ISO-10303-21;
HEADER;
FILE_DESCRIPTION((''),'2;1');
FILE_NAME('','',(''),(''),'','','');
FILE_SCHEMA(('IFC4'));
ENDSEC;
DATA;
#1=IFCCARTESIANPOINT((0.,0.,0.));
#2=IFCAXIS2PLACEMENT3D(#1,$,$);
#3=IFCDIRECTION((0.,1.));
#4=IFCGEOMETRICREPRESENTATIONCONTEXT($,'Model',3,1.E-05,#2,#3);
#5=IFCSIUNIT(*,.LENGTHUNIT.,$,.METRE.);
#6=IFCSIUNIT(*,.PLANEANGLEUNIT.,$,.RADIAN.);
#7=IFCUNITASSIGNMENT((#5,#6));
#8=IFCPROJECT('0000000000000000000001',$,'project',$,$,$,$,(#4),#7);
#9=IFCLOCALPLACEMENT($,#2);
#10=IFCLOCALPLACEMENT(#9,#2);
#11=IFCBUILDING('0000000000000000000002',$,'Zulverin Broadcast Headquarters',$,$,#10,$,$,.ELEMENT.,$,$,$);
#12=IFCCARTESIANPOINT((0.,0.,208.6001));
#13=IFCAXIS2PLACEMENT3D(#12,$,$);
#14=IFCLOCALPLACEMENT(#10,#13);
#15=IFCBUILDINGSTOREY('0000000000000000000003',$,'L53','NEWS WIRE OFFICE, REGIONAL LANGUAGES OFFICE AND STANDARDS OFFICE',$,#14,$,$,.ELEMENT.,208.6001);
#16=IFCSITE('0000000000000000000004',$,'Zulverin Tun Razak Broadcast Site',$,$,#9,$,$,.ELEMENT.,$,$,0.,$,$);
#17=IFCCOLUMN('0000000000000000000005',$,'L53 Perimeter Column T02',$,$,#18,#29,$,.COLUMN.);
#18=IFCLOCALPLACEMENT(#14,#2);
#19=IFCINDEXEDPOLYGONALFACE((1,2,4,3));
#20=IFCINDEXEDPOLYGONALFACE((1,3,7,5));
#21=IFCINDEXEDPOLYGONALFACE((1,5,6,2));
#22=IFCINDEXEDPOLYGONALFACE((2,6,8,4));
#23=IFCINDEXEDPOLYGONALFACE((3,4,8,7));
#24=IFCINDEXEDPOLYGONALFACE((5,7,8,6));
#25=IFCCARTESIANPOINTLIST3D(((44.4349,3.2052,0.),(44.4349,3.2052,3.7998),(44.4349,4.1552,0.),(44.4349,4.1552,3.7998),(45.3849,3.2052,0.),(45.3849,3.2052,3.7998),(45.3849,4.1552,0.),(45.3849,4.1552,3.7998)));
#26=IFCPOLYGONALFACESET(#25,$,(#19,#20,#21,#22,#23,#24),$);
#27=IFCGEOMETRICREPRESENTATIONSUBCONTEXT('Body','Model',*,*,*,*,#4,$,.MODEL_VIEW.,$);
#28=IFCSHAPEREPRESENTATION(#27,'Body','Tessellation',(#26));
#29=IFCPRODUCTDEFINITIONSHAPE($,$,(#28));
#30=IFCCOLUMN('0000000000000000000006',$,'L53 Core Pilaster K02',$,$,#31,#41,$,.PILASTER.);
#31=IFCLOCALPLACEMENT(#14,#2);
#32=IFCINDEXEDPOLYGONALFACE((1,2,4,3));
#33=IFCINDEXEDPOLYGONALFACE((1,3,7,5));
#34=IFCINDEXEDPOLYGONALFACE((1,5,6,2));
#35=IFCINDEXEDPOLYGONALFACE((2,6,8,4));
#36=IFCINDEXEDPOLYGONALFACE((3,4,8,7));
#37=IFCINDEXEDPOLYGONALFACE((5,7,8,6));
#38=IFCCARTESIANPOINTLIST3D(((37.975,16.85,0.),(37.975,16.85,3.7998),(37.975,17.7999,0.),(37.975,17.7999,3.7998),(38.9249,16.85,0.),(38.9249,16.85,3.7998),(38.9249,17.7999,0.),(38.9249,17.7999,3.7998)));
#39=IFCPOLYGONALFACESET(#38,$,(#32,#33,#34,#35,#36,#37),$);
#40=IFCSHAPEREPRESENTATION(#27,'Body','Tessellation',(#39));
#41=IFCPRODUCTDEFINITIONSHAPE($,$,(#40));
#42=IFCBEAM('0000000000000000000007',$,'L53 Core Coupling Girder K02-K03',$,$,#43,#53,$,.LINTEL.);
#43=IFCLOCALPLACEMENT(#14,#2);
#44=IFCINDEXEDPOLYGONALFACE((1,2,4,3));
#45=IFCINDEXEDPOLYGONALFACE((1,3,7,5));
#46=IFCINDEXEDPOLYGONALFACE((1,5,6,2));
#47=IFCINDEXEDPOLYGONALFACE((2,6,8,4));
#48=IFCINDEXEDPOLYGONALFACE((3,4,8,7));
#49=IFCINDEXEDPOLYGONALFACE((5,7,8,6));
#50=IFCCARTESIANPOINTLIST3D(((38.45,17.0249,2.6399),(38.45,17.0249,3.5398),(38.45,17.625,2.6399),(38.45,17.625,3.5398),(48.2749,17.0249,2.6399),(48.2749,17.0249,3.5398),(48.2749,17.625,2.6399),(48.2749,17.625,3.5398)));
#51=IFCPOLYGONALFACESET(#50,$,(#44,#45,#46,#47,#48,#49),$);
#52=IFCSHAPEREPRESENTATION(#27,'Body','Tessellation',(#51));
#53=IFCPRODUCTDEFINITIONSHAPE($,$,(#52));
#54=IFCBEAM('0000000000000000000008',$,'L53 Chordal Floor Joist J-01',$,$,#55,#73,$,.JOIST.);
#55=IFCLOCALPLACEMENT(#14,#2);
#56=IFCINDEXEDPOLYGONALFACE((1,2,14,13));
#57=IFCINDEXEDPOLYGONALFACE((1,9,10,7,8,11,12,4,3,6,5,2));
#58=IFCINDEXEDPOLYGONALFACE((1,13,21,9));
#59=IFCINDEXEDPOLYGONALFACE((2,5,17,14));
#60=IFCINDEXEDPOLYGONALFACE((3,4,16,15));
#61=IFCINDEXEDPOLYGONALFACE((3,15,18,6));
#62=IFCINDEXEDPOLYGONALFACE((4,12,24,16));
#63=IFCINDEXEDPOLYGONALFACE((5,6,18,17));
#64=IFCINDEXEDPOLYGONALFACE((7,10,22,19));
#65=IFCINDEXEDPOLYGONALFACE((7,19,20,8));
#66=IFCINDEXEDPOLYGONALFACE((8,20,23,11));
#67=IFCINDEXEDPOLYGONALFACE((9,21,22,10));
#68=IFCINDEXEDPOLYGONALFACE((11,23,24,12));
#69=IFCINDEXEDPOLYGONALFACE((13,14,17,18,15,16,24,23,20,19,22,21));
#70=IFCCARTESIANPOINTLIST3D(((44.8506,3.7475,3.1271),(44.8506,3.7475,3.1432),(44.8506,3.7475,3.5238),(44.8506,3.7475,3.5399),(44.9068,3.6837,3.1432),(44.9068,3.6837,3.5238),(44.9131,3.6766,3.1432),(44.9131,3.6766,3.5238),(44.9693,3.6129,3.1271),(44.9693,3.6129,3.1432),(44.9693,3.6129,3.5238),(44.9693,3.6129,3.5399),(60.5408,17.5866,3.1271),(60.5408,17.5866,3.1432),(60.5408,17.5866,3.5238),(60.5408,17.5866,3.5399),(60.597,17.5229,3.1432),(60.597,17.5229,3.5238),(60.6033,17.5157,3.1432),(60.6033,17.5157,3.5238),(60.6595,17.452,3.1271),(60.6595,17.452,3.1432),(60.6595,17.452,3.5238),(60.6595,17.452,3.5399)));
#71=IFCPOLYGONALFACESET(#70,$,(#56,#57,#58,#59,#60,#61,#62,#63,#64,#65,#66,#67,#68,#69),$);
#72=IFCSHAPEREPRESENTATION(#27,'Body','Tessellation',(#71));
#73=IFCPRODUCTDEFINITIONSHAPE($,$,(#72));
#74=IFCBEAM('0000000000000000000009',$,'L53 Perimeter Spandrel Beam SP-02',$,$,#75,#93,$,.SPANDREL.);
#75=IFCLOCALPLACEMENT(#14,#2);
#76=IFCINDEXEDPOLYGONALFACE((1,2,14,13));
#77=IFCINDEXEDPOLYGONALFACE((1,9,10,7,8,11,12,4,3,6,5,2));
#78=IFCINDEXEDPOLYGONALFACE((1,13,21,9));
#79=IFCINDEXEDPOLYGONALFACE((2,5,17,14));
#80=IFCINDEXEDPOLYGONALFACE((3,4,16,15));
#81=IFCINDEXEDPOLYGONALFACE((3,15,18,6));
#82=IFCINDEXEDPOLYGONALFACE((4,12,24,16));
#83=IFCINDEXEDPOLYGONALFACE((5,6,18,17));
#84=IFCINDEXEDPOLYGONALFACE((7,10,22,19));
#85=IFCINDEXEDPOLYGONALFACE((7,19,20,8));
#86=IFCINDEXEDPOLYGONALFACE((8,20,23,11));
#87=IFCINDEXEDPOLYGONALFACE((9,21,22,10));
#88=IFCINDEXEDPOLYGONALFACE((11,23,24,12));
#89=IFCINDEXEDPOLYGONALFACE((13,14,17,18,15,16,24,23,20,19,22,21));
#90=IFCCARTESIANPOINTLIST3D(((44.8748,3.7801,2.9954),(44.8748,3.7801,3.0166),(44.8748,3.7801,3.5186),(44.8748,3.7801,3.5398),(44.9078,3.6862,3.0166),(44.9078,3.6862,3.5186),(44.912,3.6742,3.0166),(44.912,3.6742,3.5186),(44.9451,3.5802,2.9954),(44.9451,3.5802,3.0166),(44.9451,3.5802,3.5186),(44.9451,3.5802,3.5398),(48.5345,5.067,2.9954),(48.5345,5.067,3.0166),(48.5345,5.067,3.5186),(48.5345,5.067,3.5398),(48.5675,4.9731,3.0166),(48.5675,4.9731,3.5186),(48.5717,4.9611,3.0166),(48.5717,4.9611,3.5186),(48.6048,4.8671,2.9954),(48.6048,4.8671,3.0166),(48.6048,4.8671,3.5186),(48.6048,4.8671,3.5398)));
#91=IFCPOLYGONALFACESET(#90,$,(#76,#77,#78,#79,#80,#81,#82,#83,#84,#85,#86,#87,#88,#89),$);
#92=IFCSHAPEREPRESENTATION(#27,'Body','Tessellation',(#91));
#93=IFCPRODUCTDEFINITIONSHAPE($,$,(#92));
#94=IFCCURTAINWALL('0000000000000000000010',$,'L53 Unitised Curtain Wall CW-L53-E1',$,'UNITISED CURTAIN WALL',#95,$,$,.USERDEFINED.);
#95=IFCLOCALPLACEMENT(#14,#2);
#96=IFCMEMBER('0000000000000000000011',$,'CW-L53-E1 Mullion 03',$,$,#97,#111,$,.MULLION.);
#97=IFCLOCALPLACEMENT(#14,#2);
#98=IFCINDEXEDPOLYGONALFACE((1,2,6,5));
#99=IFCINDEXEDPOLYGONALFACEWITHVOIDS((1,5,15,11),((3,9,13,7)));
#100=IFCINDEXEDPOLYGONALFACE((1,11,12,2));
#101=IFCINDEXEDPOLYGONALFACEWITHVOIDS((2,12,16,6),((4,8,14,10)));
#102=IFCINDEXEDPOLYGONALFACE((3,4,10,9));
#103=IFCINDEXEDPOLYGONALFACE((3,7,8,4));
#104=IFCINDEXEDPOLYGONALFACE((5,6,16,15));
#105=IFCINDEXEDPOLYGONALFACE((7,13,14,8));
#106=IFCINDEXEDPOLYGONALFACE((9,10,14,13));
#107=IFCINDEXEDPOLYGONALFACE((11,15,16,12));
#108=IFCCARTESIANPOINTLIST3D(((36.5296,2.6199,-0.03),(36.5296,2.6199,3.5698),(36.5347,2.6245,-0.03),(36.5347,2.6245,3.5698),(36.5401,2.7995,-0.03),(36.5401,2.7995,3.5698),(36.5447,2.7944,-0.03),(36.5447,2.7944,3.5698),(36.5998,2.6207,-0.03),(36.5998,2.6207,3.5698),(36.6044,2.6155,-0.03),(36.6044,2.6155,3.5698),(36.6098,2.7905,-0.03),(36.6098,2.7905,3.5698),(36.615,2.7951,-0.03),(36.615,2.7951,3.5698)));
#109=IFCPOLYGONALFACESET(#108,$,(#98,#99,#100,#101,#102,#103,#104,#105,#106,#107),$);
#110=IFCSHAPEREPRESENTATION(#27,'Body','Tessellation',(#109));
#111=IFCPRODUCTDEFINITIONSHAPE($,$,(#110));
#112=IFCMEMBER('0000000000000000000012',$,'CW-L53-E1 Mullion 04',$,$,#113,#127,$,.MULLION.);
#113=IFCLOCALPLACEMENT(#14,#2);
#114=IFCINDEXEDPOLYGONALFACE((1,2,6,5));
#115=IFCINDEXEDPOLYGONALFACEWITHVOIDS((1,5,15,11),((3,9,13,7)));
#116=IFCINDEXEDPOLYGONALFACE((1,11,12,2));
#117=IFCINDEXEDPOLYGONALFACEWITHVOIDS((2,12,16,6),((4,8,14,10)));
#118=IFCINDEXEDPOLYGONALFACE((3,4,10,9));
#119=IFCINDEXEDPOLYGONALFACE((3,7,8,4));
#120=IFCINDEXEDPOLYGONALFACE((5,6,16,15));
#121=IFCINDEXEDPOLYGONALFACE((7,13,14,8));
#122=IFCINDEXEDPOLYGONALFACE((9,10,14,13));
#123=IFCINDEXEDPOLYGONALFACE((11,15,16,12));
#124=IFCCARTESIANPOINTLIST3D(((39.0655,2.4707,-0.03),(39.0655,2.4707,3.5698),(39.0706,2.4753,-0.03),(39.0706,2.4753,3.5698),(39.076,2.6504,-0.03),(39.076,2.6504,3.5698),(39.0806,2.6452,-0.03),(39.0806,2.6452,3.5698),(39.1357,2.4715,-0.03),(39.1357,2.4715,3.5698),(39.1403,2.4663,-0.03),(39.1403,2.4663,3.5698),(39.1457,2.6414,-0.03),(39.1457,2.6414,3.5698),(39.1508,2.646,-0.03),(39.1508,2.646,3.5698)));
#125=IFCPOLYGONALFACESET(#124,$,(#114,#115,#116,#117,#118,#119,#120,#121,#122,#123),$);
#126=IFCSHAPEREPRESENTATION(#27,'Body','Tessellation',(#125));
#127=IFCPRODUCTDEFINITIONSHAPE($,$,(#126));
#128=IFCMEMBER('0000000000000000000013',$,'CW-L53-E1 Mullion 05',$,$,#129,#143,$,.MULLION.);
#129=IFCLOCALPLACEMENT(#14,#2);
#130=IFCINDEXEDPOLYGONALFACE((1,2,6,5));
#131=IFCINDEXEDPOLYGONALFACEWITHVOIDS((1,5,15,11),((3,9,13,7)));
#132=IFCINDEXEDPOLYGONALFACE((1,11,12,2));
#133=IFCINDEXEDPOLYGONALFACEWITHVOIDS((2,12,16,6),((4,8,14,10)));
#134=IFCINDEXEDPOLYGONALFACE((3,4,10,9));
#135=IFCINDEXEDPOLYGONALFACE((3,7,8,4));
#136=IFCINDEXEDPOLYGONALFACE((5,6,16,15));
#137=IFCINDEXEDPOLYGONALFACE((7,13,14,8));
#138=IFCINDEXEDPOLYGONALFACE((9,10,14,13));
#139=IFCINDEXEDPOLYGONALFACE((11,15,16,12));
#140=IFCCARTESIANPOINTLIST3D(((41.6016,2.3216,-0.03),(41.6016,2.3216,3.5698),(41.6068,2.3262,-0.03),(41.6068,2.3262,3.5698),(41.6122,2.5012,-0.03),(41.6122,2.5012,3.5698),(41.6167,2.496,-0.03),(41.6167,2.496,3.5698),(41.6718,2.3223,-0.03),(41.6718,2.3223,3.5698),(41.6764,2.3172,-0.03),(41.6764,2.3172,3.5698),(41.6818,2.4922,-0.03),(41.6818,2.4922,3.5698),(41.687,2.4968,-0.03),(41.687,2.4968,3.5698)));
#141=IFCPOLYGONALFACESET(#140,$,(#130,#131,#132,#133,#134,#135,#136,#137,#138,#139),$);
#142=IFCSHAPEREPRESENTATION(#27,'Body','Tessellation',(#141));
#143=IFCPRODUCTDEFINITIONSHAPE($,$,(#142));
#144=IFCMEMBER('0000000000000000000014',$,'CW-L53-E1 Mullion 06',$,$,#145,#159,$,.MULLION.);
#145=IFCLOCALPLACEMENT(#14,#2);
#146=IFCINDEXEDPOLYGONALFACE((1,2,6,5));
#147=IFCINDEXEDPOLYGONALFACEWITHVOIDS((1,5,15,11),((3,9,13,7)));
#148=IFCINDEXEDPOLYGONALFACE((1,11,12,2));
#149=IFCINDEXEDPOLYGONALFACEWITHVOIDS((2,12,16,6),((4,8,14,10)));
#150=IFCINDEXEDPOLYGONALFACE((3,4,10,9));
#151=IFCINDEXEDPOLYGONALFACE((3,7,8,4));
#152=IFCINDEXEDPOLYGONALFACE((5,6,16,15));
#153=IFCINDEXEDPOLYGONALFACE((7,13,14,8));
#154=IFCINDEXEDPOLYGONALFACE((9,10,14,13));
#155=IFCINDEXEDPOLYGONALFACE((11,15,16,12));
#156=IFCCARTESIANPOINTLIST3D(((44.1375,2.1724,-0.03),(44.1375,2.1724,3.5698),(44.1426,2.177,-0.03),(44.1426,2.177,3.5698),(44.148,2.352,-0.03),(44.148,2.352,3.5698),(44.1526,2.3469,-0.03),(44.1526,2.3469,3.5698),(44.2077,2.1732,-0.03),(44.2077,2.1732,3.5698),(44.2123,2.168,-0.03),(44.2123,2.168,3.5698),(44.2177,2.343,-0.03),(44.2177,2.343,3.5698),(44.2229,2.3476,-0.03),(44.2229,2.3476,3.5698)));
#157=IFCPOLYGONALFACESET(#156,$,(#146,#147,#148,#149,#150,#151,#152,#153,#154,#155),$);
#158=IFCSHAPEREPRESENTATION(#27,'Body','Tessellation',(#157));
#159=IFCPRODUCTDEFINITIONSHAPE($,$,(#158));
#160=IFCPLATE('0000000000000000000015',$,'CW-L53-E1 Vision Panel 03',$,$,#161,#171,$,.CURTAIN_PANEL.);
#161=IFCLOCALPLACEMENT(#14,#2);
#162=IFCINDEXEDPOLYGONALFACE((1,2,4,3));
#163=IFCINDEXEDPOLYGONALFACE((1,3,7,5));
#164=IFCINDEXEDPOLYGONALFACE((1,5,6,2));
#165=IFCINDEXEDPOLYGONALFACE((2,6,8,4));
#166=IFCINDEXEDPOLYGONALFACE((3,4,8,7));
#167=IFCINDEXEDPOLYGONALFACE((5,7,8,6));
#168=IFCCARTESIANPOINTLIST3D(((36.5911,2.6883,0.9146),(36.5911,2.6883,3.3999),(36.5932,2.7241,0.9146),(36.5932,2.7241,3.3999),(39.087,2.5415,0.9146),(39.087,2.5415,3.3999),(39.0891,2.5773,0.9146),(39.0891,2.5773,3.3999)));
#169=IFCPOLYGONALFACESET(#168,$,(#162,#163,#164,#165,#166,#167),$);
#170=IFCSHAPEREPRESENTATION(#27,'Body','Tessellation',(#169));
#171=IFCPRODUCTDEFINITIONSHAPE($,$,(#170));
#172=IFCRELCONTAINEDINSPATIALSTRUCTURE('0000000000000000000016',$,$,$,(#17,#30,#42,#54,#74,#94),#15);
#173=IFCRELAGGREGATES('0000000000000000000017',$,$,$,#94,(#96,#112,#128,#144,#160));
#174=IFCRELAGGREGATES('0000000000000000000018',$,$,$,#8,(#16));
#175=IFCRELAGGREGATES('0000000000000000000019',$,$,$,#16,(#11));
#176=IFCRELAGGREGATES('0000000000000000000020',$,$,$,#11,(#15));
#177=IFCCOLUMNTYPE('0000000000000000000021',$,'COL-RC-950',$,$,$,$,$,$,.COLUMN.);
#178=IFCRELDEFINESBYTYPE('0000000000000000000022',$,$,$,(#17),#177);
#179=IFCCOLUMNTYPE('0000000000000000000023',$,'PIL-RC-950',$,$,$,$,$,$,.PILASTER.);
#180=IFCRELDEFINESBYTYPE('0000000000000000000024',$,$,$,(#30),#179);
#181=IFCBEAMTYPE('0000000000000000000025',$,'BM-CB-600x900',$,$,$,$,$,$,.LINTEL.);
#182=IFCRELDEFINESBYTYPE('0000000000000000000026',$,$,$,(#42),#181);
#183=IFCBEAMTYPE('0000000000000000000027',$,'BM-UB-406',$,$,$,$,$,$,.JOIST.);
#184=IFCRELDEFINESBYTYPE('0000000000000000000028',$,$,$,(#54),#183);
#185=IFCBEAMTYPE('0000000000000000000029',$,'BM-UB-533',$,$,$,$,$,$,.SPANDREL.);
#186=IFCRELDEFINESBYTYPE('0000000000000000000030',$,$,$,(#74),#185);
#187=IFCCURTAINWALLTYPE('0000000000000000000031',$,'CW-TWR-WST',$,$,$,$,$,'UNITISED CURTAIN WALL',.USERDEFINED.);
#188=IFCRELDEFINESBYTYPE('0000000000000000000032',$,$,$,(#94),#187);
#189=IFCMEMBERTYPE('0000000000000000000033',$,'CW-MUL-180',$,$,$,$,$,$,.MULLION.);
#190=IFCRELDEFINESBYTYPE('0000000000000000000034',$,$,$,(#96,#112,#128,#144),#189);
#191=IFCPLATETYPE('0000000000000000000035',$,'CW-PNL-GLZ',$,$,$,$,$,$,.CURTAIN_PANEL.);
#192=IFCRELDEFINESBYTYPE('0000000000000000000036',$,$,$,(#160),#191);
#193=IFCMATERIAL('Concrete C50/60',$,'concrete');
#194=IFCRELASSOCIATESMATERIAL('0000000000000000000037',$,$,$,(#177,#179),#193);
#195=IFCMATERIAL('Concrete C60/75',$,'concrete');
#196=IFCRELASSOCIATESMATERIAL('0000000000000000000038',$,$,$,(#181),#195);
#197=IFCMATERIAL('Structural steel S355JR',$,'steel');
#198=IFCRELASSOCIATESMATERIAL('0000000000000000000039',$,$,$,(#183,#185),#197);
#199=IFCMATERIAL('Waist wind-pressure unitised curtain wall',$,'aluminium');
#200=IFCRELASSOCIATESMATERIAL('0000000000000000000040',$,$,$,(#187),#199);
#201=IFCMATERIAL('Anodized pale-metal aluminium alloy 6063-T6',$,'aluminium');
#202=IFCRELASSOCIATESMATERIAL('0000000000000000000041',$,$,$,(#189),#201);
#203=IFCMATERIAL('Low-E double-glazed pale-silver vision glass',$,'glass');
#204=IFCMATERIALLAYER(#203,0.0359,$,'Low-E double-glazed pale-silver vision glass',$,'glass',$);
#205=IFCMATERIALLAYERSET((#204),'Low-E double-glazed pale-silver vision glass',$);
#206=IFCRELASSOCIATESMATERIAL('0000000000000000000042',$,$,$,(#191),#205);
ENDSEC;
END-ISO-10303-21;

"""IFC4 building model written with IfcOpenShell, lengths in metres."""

from ifc_helpers import new_model, si_unit, direction, frame, origin, origin_2d, place, context, subcontext, project, spatial, rectangle, hollow_rectangle, i_section, extrude, material, layer, layer_set, material_profile, profile_set, type_object, element, aggregate, save


model = new_model("IFC4")

# Units and contexts
model_context = context("Model", 3, precision=1e-05, world=origin(), true_north=direction((0.0, 1.0)))
body_context = subcontext(model_context, "Body", "Model", "MODEL_VIEW")
ifc_project = project(units=[si_unit("LENGTHUNIT", "METRE"), si_unit("PLANEANGLEUNIT", "RADIAN")], contexts=[model_context])

# Site, building, storey
site_placement = place(None, origin())
site = spatial("IfcSite", under=ifc_project, at=site_placement, Name="Zulverin Tun Razak Broadcast Site", CompositionType="ELEMENT", RefElevation=0.0)
building_placement = place(site_placement, origin())
building = spatial("IfcBuilding", under=site, at=building_placement, Name="Zulverin Broadcast Headquarters", CompositionType="ELEMENT")
storey_placement = place(building_placement, frame((0.0, 0.0, 208.6001)))
storey = spatial("IfcBuildingStorey", under=building, at=storey_placement, Name="L53", Description="NEWS WIRE OFFICE, REGIONAL LANGUAGES OFFICE AND STANDARDS OFFICE", CompositionType="ELEMENT", Elevation=208.6001)

# Columns
ifc_material_1 = material(Name="Concrete C50/60", Category="concrete")
ifc_material_profile_1 = material_profile(ifc_material_1, rectangle(XDim=0.95, YDim=0.95, at=origin_2d()), Name="Concrete C50/60", Category="concrete")
ifc_profile_set_1 = profile_set([ifc_material_profile_1], Name="Concrete C50/60")
column_type_1 = type_object("IfcColumnType", Name="COL-RC-950", PredefinedType="COLUMN", material=ifc_profile_set_1)
column_1_placement = place(storey_placement, frame((44.9099, 3.6802, 0.0), z_axis=(0.0, 0.0, 1.0), x_axis=(1.0, 0.0, 0.0)))
element("IfcColumn", 1, at=column_1_placement, inside=storey, type_object=column_type_1, Name="L53 Perimeter Column T02", PredefinedType="COLUMN", context=body_context, shape_type="SweptSolid", body=[
    extrude(rectangle(XDim=0.95, YDim=0.95, at=origin_2d()), origin(), (0.0, 0.0, 1.0), 3.7998),
])
ifc_material_profile_2 = material_profile(ifc_material_1, rectangle(XDim=0.95, YDim=0.95, at=origin_2d()), Name="Concrete C50/60", Category="concrete")
ifc_profile_set_2 = profile_set([ifc_material_profile_2], Name="Concrete C50/60")
column_type_2 = type_object("IfcColumnType", Name="PIL-RC-950", PredefinedType="PILASTER", material=ifc_profile_set_2)
column_2_placement = place(storey_placement, frame((38.45, 17.325, 0.0), z_axis=(0.0, 0.0, 1.0), x_axis=(1.0, 0.0, 0.0)))
element("IfcColumn", 2, at=column_2_placement, inside=storey, type_object=column_type_2, Name="L53 Core Pilaster K02", PredefinedType="PILASTER", context=body_context, shape_type="SweptSolid", body=[
    extrude(rectangle(XDim=0.95, YDim=0.95, at=origin_2d()), origin(), (0.0, 0.0, 1.0), 3.7998),
])

# Beams
ifc_material_2 = material(Name="Concrete C60/75", Category="concrete")
ifc_material_profile_3 = material_profile(ifc_material_2, rectangle(XDim=0.6001, YDim=0.8999, at=origin_2d()), Name="Concrete C60/75", Category="concrete")
ifc_profile_set_3 = profile_set([ifc_material_profile_3], Name="Concrete C60/75")
beam_type_1 = type_object("IfcBeamType", Name="BM-CB-600x900", PredefinedType="LINTEL", material=ifc_profile_set_3)
beam_1_placement = place(storey_placement, frame((38.45, 17.325, 3.0898), z_axis=(1.0, 0.0, 0.0), x_axis=(0.0, 1.0, 0.0)))
element("IfcBeam", 3, at=beam_1_placement, inside=storey, type_object=beam_type_1, Name="L53 Core Coupling Girder K02-K03", PredefinedType="LINTEL", context=body_context, shape_type="SweptSolid", body=[
    extrude(rectangle(XDim=0.6001, YDim=0.8999, at=origin_2d()), origin(), (0.0, 0.0, 1.0), 9.825),
])
ifc_material_3 = material(Name="Structural steel S355JR", Category="steel")
ifc_material_profile_4 = material_profile(ifc_material_3, i_section(OverallWidth=0.1794, OverallDepth=0.4128, WebThickness=0.0095, FlangeThickness=0.0161, at=origin_2d()), Name="Structural steel S355JR", Category="steel")
ifc_profile_set_4 = profile_set([ifc_material_profile_4], Name="Structural steel S355JR")
beam_type_2 = type_object("IfcBeamType", Name="BM-UB-406", PredefinedType="JOIST", material=ifc_profile_set_4)
beam_2_placement = place(storey_placement, frame((44.9099, 3.6802, 3.3335), z_axis=(0.74996, 0.661483, 0.0), x_axis=(-0.661483, 0.74996, 0.0)))
element("IfcBeam", 4, at=beam_2_placement, inside=storey, type_object=beam_type_2, Name="L53 Chordal Floor Joist J-01", PredefinedType="JOIST", context=body_context, shape_type="SweptSolid", body=[
    extrude(i_section(OverallWidth=0.1794, OverallDepth=0.4128, WebThickness=0.0095, FlangeThickness=0.0161, at=origin_2d()), origin(), (0.0, 0.0, 1.0), 20.9214),
])
ifc_material_profile_5 = material_profile(ifc_material_3, i_section(OverallWidth=0.2119, OverallDepth=0.5444, WebThickness=0.0127, FlangeThickness=0.0212, at=origin_2d()), Name="Structural steel S355JR", Category="steel")
ifc_profile_set_5 = profile_set([ifc_material_profile_5], Name="Structural steel S355JR")
beam_type_3 = type_object("IfcBeamType", Name="BM-UB-533", PredefinedType="SPANDREL", material=ifc_profile_set_5)
beam_3_placement = place(storey_placement, frame((44.9099, 3.6802, 3.2676), z_axis=(0.943377, 0.331724, 0.0), x_axis=(-0.331724, 0.943377, 0.0)))
element("IfcBeam", 5, at=beam_3_placement, inside=storey, type_object=beam_type_3, Name="L53 Perimeter Spandrel Beam SP-02", PredefinedType="SPANDREL", context=body_context, shape_type="SweptSolid", body=[
    extrude(i_section(OverallWidth=0.2119, OverallDepth=0.5444, WebThickness=0.0127, FlangeThickness=0.0212, at=origin_2d()), origin(), (0.0, 0.0, 1.0), 3.8794),
])

# Curtain wall, members, plate
ifc_material_4 = material(Name="Waist wind-pressure unitised curtain wall", Category="aluminium")
curtain_wall_type = type_object("IfcCurtainWallType", Name="CW-TWR-WST", ElementType="UNITISED CURTAIN WALL", PredefinedType="USERDEFINED", material=ifc_material_4)
curtain_wall_placement = place(storey_placement, origin())
curtain_wall = element("IfcCurtainWall", 6, at=curtain_wall_placement, inside=storey, type_object=curtain_wall_type, Name="L53 Unitised Curtain Wall CW-L53-E1", ObjectType="UNITISED CURTAIN WALL", PredefinedType="USERDEFINED")
ifc_material_5 = material(Name="Anodized pale-metal aluminium alloy 6063-T6", Category="aluminium")
ifc_material_profile_6 = material_profile(ifc_material_5, hollow_rectangle(XDim=0.075, YDim=0.1799, WallThickness=0.0049, at=origin_2d()), Name="Anodized pale-metal aluminium alloy 6063-T6", Category="aluminium")
ifc_profile_set_6 = profile_set([ifc_material_profile_6], Name="Anodized pale-metal aluminium alloy 6063-T6")
member_type = type_object("IfcMemberType", Name="CW-MUL-180", PredefinedType="MULLION", material=ifc_profile_set_6)
member_1_placement = place(storey_placement, frame((36.5723, 2.7075, -0.03), z_axis=(0.0, 0.0, 1.0), x_axis=(0.998274, -0.058721, 0.0)))
member_1 = element("IfcMember", 7, at=member_1_placement, type_object=member_type, Name="CW-L53-E1 Mullion 03", PredefinedType="MULLION", context=body_context, shape_type="SweptSolid", body=[
    extrude(hollow_rectangle(XDim=0.075, YDim=0.1799, WallThickness=0.0049, at=origin_2d()), origin(), (0.0, 0.0, 1.0), 3.5999),
])
member_2_placement = place(storey_placement, frame((39.1082, 2.5583, -0.03), z_axis=(0.0, 0.0, 1.0), x_axis=(0.998274, -0.058721, 0.0)))
member_2 = element("IfcMember", 8, at=member_2_placement, type_object=member_type, Name="CW-L53-E1 Mullion 04", PredefinedType="MULLION", context=body_context, shape_type="SweptSolid", body=[
    extrude(hollow_rectangle(XDim=0.075, YDim=0.1799, WallThickness=0.0049, at=origin_2d()), origin(), (0.0, 0.0, 1.0), 3.5999),
])
member_3_placement = place(storey_placement, frame((41.6443, 2.4092, -0.03), z_axis=(0.0, 0.0, 1.0), x_axis=(0.998274, -0.058721, 0.0)))
member_3 = element("IfcMember", 9, at=member_3_placement, type_object=member_type, Name="CW-L53-E1 Mullion 05", PredefinedType="MULLION", context=body_context, shape_type="SweptSolid", body=[
    extrude(hollow_rectangle(XDim=0.075, YDim=0.1799, WallThickness=0.0049, at=origin_2d()), origin(), (0.0, 0.0, 1.0), 3.5999),
])
member_4_placement = place(storey_placement, frame((44.1802, 2.26, -0.03), z_axis=(0.0, 0.0, 1.0), x_axis=(0.998274, -0.058721, 0.0)))
member_4 = element("IfcMember", 10, at=member_4_placement, type_object=member_type, Name="CW-L53-E1 Mullion 06", PredefinedType="MULLION", context=body_context, shape_type="SweptSolid", body=[
    extrude(hollow_rectangle(XDim=0.075, YDim=0.1799, WallThickness=0.0049, at=origin_2d()), origin(), (0.0, 0.0, 1.0), 3.5999),
])
ifc_material_6 = material(Name="Low-E double-glazed pale-silver vision glass", Category="glass")
ifc_layer_1 = layer(ifc_material_6, 0.0359, Name="Low-E double-glazed pale-silver vision glass", Category="glass")
ifc_layer_set_1 = layer_set([ifc_layer_1], Name="Low-E double-glazed pale-silver vision glass")
plate_type_1 = type_object("IfcPlateType", Name="CW-PNL-GLZ", PredefinedType="CURTAIN_PANEL", material=ifc_layer_set_1)
plate_1_placement = place(storey_placement, frame((37.8401, 2.6328, 0.9146), z_axis=(0.0, 0.0, 1.0), x_axis=(0.998274, -0.058721, 0.0)))
plate_1 = element("IfcPlate", 11, at=plate_1_placement, type_object=plate_type_1, Name="CW-L53-E1 Vision Panel 03", PredefinedType="CURTAIN_PANEL", context=body_context, shape_type="SweptSolid", body=[
    extrude(rectangle(XDim=2.5002, YDim=0.0359, at=origin_2d()), origin(), (0.0, 0.0, 1.0), 2.4854),
])
aggregate(curtain_wall, [member_1, member_2, member_3, member_4, plate_1])

save(model, "model.ifc")
